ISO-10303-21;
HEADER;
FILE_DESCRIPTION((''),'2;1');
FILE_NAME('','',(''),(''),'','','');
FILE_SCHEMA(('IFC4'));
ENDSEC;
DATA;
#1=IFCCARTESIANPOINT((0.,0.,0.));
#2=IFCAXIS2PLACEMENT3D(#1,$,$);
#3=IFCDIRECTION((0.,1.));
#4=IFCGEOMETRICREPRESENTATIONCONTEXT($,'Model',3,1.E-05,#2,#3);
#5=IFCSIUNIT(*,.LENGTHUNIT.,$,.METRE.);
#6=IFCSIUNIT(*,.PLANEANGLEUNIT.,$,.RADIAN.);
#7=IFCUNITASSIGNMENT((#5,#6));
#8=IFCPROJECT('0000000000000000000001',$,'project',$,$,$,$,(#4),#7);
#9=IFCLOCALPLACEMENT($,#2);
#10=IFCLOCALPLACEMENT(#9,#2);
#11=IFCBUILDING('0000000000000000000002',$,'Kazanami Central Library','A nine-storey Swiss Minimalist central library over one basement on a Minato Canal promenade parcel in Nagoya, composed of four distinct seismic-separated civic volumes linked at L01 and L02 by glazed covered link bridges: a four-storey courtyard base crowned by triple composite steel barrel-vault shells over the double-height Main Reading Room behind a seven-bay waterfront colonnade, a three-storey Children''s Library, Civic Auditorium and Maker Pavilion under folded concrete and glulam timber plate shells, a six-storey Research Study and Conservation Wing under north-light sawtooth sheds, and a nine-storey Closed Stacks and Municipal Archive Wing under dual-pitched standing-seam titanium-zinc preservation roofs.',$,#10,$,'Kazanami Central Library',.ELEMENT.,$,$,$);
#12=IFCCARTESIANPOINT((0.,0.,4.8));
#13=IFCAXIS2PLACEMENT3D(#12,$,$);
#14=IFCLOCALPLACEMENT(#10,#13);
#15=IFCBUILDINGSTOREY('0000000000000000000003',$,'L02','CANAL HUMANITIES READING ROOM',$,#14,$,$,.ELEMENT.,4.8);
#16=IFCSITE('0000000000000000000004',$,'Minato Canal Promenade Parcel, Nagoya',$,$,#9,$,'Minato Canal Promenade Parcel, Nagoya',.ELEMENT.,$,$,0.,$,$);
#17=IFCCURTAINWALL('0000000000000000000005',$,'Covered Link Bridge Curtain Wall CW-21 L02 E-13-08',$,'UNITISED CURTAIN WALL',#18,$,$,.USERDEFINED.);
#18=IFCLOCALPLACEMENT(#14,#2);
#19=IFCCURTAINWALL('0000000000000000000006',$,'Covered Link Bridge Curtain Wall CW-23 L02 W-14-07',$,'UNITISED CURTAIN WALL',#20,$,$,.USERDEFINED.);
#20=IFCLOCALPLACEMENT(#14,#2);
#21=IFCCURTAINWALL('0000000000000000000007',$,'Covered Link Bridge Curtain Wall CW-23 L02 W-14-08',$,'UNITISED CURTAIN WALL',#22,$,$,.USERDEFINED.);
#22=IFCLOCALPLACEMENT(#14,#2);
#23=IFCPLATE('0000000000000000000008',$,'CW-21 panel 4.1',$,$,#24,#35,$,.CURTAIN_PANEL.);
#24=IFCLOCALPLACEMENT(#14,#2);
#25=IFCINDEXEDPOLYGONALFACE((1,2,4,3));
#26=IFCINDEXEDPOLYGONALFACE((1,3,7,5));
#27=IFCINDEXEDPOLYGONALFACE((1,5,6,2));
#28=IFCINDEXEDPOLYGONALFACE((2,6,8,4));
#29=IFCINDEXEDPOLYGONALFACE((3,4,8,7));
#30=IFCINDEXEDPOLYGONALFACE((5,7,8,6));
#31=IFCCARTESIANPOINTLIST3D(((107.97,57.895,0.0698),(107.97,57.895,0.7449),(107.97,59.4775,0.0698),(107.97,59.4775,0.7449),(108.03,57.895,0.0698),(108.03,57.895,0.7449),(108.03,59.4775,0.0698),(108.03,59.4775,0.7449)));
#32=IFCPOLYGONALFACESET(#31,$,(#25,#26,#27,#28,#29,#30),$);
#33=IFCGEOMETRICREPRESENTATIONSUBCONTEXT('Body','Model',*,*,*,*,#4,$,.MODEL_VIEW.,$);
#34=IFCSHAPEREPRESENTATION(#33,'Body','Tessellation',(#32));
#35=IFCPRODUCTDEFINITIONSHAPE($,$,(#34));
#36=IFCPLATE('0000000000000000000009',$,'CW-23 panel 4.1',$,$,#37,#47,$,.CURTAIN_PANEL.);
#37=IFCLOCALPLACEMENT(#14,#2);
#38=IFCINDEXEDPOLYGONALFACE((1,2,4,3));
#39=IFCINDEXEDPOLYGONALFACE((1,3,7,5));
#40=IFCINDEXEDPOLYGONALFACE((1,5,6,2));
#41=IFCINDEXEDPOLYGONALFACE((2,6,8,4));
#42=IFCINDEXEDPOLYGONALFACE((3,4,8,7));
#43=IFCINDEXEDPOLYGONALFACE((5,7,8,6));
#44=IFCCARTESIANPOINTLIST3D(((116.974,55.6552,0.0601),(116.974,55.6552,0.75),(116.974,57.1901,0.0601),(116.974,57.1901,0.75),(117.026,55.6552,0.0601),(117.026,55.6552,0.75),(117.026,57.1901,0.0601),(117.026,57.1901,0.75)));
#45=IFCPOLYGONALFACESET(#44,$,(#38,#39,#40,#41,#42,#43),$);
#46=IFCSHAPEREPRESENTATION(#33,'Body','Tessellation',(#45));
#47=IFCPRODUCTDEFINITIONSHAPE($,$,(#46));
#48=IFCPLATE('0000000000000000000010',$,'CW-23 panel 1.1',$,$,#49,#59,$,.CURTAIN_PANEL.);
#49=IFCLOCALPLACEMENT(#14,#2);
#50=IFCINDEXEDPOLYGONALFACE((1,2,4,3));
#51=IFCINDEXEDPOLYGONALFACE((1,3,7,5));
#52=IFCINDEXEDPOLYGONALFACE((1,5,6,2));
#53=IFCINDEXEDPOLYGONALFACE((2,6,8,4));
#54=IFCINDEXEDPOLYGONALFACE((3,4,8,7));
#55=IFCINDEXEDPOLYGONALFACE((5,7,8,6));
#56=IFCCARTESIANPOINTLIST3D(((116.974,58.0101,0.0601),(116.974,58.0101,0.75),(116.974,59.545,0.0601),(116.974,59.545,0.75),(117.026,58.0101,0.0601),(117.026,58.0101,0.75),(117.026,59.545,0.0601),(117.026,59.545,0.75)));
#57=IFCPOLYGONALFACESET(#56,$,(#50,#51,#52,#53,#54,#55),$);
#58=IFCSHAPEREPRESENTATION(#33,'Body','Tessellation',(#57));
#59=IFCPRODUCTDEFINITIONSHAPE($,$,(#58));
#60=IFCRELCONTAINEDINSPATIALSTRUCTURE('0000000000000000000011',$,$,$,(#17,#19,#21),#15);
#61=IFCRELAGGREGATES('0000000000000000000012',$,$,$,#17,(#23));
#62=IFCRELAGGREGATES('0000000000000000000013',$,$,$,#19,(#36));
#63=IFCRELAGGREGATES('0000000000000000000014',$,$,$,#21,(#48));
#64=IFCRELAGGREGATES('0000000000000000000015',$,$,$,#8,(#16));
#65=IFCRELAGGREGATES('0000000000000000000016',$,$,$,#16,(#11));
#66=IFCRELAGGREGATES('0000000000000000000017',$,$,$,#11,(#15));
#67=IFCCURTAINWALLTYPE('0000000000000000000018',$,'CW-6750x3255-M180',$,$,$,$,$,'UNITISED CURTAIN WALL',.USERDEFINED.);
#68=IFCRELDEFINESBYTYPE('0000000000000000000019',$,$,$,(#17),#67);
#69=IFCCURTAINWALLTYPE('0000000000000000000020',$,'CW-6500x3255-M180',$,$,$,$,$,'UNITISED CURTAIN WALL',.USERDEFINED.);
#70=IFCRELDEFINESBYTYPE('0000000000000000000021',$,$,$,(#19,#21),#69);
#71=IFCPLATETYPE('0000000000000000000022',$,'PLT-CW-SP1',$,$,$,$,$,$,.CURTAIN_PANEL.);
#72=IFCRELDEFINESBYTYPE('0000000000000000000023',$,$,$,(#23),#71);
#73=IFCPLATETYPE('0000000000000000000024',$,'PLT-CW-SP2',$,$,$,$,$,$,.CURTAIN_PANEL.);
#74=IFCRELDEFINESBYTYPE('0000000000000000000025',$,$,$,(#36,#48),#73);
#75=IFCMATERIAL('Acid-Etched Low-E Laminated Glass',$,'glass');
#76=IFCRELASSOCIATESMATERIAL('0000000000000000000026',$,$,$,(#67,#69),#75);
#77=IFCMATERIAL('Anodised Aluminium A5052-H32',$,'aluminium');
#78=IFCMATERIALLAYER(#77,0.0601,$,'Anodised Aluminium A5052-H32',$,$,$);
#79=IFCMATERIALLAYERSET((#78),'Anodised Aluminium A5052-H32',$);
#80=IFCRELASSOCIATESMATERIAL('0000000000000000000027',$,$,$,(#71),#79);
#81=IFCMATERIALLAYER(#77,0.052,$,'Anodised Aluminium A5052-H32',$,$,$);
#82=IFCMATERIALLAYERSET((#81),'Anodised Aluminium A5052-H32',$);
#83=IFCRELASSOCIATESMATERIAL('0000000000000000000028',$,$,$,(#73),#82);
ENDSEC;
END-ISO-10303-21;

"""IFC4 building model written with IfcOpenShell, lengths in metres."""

from ifc_helpers import new_model, si_unit, direction, frame, origin, origin_2d, place, context, subcontext, project, spatial, rectangle, extrude, material, layer, layer_set, type_object, element, aggregate, save


model = new_model("IFC4")

# Units and contexts
model_context = context("Model", 3, precision=1e-05, world=origin(), true_north=direction((0.0, 1.0)))
body_context = subcontext(model_context, "Body", "Model", "MODEL_VIEW")
ifc_project = project(units=[si_unit("LENGTHUNIT", "METRE"), si_unit("PLANEANGLEUNIT", "RADIAN")], contexts=[model_context])

# Site, building, storey
site_placement = place(None, origin())
site = spatial("IfcSite", under=ifc_project, at=site_placement, Name="Minato Canal Promenade Parcel, Nagoya", LongName="Minato Canal Promenade Parcel, Nagoya", CompositionType="ELEMENT", RefElevation=0.0)
building_placement = place(site_placement, origin())
building = spatial("IfcBuilding", under=site, at=building_placement, Name="Kazanami Central Library", Description="A nine-storey Swiss Minimalist central library over one basement on a Minato Canal promenade parcel in Nagoya, composed of four distinct seismic-separated civic volumes linked at L01 and L02 by glazed covered link bridges: a four-storey courtyard base crowned by triple composite steel barrel-vault shells over the double-height Main Reading Room behind a seven-bay waterfront colonnade, a three-storey Children's Library, Civic Auditorium and Maker Pavilion under folded concrete and glulam timber plate shells, a six-storey Research Study and Conservation Wing under north-light sawtooth sheds, and a nine-storey Closed Stacks and Municipal Archive Wing under dual-pitched standing-seam titanium-zinc preservation roofs.", LongName="Kazanami Central Library", CompositionType="ELEMENT")
storey_placement = place(building_placement, frame((0.0, 0.0, 4.8)))
storey = spatial("IfcBuildingStorey", under=building, at=storey_placement, Name="L02", Description="CANAL HUMANITIES READING ROOM", CompositionType="ELEMENT", Elevation=4.8)

# Curtain wall
ifc_material_1 = material(Name="Acid-Etched Low-E Laminated Glass", Category="glass")
curtain_wall_type_1 = type_object("IfcCurtainWallType", Name="CW-6750x3255-M180", ElementType="UNITISED CURTAIN WALL", PredefinedType="USERDEFINED", material=ifc_material_1)
curtain_wall_1_placement = place(storey_placement, origin())
curtain_wall_1 = element("IfcCurtainWall", 1, at=curtain_wall_1_placement, inside=storey, type_object=curtain_wall_type_1, Name="Covered Link Bridge Curtain Wall CW-21 L02 E-13-08", ObjectType="UNITISED CURTAIN WALL", PredefinedType="USERDEFINED")

# Curtain wall
curtain_wall_type_2 = type_object("IfcCurtainWallType", Name="CW-6500x3255-M180", ElementType="UNITISED CURTAIN WALL", PredefinedType="USERDEFINED", material=ifc_material_1)
curtain_wall_2_placement = place(storey_placement, origin())
curtain_wall_2 = element("IfcCurtainWall", 2, at=curtain_wall_2_placement, inside=storey, type_object=curtain_wall_type_2, Name="Covered Link Bridge Curtain Wall CW-23 L02 W-14-07", ObjectType="UNITISED CURTAIN WALL", PredefinedType="USERDEFINED")

# Curtain wall
curtain_wall_3_placement = place(storey_placement, origin())
curtain_wall_3 = element("IfcCurtainWall", 3, at=curtain_wall_3_placement, inside=storey, type_object=curtain_wall_type_2, Name="Covered Link Bridge Curtain Wall CW-23 L02 W-14-08", ObjectType="UNITISED CURTAIN WALL", PredefinedType="USERDEFINED")

# Plates
ifc_material_2 = material(Name="Anodised Aluminium A5052-H32", Category="aluminium")
ifc_layer_1 = layer(ifc_material_2, 0.0601, Name="Anodised Aluminium A5052-H32")
ifc_layer_set_1 = layer_set([ifc_layer_1], Name="Anodised Aluminium A5052-H32")
plate_type_1 = type_object("IfcPlateType", Name="PLT-CW-SP1", PredefinedType="CURTAIN_PANEL", material=ifc_layer_set_1)
plate_1_placement = place(storey_placement, frame((108.0, 58.6863, 0.0698), z_axis=(0.0, 0.0, 1.0), x_axis=(0.0, -1.0, 0.0)))
plate_1 = element("IfcPlate", 4, at=plate_1_placement, type_object=plate_type_1, Name="CW-21 panel 4.1", PredefinedType="CURTAIN_PANEL", context=body_context, shape_type="SweptSolid", body=[
    extrude(rectangle(XDim=1.5825, YDim=0.0601, at=origin_2d()), origin(), (0.0, 0.0, 1.0), 0.675),
])
aggregate(curtain_wall_1, [plate_1])
ifc_layer_2 = layer(ifc_material_2, 0.052, Name="Anodised Aluminium A5052-H32")
ifc_layer_set_2 = layer_set([ifc_layer_2], Name="Anodised Aluminium A5052-H32")
plate_type_2 = type_object("IfcPlateType", Name="PLT-CW-SP2", PredefinedType="CURTAIN_PANEL", material=ifc_layer_set_2)
plate_2_placement = place(storey_placement, frame((117.0, 56.4226, 0.0601), z_axis=(0.0, 0.0, 1.0), x_axis=(0.0, 1.0, 0.0)))
plate_2 = element("IfcPlate", 5, at=plate_2_placement, type_object=plate_type_2, Name="CW-23 panel 4.1", PredefinedType="CURTAIN_PANEL", context=body_context, shape_type="SweptSolid", body=[
    extrude(rectangle(XDim=1.5349, YDim=0.052, at=origin_2d()), origin(), (0.0, 0.0, 1.0), 0.6899),
])
aggregate(curtain_wall_2, [plate_2])
plate_3_placement = place(storey_placement, frame((117.0, 58.7776, 0.0601), z_axis=(0.0, 0.0, 1.0), x_axis=(0.0, 1.0, 0.0)))
plate_3 = element("IfcPlate", 6, at=plate_3_placement, type_object=plate_type_2, Name="CW-23 panel 1.1", PredefinedType="CURTAIN_PANEL", context=body_context, shape_type="SweptSolid", body=[
    extrude(rectangle(XDim=1.5349, YDim=0.052, at=origin_2d()), origin(), (0.0, 0.0, 1.0), 0.6899),
])
aggregate(curtain_wall_3, [plate_3])

save(model, "model.ifc")
